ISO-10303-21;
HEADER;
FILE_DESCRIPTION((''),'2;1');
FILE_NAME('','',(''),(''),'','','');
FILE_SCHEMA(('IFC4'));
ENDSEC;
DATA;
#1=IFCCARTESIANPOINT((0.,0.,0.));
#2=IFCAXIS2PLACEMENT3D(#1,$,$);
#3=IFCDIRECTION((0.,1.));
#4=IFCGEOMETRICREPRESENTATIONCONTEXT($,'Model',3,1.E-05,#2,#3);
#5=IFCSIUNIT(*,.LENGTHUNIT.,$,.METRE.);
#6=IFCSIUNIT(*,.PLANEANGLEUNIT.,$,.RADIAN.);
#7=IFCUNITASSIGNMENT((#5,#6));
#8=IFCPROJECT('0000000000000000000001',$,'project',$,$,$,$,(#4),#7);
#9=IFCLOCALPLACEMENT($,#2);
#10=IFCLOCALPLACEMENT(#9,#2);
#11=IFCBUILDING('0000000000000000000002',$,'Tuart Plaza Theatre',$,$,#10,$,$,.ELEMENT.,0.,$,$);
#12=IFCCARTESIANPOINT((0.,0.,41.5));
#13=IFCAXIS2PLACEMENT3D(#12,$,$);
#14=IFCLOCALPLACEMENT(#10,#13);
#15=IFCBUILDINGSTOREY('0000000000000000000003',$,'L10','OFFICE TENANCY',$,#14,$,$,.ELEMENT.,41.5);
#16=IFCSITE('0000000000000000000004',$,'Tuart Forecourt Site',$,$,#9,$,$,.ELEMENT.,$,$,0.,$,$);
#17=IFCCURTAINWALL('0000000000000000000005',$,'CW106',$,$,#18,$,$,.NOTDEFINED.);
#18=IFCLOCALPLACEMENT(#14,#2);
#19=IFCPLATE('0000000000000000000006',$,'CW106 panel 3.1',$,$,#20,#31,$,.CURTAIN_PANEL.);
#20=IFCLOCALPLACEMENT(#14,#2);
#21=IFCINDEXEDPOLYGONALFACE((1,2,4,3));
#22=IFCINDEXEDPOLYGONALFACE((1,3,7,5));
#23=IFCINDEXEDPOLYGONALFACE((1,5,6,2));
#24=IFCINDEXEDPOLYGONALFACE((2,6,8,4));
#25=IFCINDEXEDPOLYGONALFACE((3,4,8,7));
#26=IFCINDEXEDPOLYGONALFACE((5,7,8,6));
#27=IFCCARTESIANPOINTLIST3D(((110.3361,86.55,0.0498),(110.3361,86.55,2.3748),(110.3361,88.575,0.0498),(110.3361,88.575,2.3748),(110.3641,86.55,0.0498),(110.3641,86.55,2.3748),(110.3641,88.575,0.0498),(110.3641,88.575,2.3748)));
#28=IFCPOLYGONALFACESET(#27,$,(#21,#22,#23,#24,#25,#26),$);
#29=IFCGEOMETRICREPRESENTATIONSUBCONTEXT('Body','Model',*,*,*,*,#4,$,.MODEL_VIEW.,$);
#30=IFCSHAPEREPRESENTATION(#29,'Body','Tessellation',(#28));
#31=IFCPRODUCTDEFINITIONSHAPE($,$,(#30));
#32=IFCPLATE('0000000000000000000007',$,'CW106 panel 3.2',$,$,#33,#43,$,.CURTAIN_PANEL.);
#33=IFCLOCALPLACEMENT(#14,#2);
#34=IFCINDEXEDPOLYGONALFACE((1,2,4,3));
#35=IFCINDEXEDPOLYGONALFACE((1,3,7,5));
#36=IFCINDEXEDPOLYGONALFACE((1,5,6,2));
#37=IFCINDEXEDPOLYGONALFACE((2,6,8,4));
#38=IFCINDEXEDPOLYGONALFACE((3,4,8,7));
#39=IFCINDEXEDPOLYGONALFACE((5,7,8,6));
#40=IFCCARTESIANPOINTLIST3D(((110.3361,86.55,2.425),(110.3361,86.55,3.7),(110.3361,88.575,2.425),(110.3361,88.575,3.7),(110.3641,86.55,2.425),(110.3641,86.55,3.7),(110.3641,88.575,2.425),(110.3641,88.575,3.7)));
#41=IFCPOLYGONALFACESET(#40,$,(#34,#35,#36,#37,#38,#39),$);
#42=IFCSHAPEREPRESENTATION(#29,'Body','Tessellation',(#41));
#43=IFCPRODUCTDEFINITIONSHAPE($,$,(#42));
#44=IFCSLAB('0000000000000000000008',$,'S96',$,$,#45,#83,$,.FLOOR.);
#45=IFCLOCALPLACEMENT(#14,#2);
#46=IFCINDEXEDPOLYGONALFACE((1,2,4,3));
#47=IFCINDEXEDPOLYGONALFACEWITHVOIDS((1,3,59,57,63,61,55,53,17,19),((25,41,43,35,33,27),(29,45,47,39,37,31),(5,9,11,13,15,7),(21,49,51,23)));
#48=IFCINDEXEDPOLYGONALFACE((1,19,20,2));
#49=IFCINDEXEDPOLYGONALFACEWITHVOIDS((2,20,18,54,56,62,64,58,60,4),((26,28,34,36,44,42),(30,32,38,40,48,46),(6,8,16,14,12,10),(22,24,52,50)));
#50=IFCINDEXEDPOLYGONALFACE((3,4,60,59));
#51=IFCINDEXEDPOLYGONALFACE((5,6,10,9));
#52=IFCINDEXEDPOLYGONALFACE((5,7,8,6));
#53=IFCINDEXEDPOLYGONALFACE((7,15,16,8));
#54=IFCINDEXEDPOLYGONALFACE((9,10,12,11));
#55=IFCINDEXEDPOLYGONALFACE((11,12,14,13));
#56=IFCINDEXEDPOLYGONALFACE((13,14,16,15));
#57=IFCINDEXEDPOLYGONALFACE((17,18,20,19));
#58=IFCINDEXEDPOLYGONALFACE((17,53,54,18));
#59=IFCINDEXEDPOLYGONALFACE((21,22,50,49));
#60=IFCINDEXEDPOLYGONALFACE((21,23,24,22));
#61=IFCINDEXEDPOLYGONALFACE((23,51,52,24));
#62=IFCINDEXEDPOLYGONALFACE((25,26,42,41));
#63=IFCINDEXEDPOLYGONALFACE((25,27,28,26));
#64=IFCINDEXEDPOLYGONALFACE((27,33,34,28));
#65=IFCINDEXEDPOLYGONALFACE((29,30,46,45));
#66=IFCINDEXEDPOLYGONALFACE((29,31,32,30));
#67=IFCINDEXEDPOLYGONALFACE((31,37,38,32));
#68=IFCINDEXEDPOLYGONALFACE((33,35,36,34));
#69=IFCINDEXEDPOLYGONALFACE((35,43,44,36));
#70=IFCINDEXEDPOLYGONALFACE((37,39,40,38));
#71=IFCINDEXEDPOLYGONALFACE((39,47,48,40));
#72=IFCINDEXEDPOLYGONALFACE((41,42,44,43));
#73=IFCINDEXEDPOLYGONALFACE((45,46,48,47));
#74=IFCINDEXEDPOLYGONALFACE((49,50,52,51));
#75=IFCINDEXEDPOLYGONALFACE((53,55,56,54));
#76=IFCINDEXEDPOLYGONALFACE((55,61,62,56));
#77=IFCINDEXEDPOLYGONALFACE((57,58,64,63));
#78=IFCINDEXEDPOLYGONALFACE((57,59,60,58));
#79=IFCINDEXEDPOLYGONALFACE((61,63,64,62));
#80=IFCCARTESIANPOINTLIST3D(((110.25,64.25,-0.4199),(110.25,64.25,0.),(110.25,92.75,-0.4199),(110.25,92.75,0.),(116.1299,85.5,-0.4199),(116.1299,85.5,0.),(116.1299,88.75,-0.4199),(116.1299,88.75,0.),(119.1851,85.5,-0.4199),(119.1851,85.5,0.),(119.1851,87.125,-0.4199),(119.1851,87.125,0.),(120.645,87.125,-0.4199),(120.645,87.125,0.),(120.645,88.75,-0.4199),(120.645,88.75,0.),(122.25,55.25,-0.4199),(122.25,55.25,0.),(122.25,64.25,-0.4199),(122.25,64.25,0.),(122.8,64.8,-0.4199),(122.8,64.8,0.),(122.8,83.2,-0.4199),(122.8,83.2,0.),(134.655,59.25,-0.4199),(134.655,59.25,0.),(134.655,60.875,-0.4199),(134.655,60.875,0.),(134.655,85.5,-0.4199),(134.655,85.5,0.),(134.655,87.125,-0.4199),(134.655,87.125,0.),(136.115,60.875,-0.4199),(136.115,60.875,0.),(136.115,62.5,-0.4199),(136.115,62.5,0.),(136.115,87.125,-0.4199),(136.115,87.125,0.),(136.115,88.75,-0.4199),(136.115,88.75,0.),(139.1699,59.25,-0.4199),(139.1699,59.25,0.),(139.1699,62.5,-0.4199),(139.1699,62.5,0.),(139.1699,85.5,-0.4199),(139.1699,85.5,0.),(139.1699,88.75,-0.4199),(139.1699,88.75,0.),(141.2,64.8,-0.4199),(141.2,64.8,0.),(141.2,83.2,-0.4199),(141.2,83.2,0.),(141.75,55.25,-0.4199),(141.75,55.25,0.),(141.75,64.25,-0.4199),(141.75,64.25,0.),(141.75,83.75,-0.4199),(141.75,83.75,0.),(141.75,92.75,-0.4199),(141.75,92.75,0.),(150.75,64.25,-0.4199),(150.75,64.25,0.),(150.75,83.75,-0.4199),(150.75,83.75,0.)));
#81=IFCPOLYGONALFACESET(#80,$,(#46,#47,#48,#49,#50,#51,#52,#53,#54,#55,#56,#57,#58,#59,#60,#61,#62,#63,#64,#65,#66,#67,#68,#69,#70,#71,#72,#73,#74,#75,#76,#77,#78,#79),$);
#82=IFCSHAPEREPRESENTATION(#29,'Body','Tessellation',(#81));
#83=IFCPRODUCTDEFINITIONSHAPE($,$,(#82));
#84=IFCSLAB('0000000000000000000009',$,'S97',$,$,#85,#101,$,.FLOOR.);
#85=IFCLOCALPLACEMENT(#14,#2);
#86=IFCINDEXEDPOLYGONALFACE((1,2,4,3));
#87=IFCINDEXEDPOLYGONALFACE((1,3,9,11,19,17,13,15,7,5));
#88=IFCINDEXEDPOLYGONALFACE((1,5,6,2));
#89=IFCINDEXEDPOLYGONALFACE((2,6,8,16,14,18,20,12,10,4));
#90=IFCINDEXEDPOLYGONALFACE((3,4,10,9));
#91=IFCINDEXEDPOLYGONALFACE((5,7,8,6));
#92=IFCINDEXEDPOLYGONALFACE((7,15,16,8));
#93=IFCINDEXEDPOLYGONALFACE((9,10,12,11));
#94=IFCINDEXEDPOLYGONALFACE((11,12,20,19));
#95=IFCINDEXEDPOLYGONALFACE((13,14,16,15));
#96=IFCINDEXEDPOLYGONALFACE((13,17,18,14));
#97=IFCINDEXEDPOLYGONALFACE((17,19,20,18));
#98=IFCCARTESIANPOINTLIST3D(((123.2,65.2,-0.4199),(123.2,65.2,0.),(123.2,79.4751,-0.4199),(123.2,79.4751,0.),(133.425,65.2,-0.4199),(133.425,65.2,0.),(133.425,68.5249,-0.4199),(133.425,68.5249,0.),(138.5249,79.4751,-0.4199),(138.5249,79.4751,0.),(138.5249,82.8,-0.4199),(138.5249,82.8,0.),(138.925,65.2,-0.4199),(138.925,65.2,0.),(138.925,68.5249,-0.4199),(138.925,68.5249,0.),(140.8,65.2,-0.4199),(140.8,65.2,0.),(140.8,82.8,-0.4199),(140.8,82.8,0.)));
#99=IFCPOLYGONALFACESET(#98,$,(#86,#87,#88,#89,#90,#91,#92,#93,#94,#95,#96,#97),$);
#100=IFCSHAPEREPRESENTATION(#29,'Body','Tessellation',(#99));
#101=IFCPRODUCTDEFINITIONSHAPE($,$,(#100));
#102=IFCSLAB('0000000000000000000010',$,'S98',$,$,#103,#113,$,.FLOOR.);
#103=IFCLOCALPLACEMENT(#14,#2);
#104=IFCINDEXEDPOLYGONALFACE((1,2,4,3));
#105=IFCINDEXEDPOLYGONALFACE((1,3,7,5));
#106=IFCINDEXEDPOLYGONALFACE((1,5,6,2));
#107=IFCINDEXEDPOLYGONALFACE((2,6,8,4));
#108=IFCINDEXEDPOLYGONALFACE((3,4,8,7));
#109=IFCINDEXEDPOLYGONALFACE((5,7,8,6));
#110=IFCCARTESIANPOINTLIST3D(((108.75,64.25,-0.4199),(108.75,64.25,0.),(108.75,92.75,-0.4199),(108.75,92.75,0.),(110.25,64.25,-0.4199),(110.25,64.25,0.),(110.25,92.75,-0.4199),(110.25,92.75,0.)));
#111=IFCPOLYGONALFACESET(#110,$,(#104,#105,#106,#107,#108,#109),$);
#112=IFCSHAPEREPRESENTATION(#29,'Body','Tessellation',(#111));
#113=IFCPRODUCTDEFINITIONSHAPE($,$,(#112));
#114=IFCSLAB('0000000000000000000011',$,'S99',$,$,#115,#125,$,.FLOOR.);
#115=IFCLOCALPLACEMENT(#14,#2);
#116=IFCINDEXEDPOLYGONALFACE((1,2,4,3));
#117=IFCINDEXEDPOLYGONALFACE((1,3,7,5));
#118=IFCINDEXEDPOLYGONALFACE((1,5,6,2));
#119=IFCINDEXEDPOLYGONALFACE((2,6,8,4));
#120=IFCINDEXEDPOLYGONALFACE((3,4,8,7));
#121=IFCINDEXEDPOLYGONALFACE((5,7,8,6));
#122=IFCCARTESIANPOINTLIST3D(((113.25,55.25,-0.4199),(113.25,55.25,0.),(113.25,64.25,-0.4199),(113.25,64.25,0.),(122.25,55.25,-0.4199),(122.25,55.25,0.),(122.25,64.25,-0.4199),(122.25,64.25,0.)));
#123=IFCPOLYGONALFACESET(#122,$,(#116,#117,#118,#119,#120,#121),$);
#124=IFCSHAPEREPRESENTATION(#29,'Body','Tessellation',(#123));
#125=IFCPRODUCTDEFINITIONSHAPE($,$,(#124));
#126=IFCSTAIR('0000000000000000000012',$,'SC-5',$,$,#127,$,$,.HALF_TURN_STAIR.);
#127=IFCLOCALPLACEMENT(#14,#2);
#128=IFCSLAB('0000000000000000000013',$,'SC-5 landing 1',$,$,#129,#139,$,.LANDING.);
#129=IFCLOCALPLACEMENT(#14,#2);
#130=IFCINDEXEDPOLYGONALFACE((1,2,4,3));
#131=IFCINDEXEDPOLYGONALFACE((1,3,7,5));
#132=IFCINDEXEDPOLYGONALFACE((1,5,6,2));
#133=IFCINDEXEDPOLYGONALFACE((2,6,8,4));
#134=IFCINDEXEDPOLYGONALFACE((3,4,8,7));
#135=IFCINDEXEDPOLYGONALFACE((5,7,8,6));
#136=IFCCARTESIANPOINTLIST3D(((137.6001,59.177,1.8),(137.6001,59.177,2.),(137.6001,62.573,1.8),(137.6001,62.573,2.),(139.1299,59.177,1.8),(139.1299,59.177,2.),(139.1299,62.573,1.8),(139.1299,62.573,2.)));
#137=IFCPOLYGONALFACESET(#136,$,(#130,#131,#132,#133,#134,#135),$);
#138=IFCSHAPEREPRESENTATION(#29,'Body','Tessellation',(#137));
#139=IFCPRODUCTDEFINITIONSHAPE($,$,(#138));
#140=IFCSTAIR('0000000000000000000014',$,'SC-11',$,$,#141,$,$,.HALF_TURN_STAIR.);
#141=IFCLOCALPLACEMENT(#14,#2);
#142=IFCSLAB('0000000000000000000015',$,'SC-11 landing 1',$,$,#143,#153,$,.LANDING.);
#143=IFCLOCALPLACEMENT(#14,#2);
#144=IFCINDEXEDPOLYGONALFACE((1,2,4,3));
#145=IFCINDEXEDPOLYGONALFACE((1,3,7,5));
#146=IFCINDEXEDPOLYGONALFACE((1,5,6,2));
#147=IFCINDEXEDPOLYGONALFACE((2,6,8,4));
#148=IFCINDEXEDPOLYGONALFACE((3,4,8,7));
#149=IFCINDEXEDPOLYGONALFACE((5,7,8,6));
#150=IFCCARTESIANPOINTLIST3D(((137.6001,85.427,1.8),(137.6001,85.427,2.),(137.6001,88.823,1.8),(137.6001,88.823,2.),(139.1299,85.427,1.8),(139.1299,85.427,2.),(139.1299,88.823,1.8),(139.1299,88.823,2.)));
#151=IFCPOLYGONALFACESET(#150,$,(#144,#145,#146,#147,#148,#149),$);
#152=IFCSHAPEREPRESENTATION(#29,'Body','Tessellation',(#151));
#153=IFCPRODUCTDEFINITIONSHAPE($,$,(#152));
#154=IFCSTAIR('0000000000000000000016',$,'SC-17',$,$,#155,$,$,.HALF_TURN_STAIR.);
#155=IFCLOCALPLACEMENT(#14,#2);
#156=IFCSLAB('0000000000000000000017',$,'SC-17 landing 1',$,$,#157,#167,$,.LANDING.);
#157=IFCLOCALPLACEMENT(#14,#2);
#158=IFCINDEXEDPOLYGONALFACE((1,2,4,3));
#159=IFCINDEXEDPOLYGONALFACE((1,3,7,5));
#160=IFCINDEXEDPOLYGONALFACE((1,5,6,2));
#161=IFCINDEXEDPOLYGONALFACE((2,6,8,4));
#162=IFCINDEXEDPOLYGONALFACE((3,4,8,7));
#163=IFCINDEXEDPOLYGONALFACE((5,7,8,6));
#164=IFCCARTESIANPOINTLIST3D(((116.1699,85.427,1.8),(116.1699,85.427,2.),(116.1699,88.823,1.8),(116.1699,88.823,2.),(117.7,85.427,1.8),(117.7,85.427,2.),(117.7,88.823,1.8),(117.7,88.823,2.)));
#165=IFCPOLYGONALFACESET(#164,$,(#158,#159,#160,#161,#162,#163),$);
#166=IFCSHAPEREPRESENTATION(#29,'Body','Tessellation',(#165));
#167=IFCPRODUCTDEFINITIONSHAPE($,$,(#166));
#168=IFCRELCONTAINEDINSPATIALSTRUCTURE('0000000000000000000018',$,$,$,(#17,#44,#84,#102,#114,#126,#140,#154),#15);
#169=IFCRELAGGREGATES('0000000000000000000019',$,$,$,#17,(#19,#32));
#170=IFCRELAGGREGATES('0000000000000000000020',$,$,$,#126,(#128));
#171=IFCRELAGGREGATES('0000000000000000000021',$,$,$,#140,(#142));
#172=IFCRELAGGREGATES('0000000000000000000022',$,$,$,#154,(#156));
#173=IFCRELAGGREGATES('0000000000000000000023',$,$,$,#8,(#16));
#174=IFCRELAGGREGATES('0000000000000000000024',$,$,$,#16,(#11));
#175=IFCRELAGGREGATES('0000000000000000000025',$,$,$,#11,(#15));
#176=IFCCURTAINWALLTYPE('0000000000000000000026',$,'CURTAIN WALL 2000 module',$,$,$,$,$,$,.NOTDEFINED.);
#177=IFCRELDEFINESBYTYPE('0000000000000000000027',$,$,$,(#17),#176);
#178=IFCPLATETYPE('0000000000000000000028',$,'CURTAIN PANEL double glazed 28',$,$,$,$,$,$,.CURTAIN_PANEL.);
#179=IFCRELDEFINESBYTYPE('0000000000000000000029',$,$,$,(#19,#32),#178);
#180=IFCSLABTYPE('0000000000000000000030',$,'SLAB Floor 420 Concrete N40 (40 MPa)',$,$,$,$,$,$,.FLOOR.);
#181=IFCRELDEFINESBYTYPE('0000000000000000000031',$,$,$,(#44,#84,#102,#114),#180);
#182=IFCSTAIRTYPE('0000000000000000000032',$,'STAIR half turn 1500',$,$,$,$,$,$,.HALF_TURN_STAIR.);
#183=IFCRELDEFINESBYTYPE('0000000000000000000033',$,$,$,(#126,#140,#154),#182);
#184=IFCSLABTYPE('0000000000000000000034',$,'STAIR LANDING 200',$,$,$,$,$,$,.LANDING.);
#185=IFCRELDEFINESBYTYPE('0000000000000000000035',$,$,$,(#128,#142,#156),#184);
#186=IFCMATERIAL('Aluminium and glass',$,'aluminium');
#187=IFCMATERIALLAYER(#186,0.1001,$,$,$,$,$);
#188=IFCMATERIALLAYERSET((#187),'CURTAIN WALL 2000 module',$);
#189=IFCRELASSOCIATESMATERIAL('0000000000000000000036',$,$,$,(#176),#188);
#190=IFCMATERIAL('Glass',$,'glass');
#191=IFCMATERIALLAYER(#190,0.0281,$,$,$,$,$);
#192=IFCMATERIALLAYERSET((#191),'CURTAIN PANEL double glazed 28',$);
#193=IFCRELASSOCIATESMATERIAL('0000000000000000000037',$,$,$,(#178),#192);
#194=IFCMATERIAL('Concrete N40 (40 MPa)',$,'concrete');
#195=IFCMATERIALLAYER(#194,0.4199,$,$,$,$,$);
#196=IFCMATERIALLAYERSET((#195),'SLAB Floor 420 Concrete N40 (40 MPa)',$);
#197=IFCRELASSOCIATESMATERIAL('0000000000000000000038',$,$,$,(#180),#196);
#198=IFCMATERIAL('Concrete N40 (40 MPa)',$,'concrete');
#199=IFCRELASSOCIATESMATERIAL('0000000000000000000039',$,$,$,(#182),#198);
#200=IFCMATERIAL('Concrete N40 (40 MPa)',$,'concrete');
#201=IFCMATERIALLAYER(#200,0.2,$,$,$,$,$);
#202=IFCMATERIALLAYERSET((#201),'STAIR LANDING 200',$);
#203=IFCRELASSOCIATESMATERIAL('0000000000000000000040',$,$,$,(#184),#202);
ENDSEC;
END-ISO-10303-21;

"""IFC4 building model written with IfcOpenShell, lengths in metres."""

from ifc_helpers import new_model, si_unit, direction, frame, origin, origin_2d, place, context, subcontext, project, spatial, polyline, rectangle, outline, extrude, material, layer, layer_set, type_object, element, aggregate, save


model = new_model("IFC4")

# Units and contexts
model_context = context("Model", 3, precision=1e-05, world=origin(), true_north=direction((0.0, 1.0)))
body_context = subcontext(model_context, "Body", "Model", "MODEL_VIEW")
ifc_project = project(units=[si_unit("LENGTHUNIT", "METRE"), si_unit("PLANEANGLEUNIT", "RADIAN")], contexts=[model_context])

# Site, building, storey
site_placement = place(None, origin())
site = spatial("IfcSite", under=ifc_project, at=site_placement, Name="Tuart Forecourt Site", CompositionType="ELEMENT", RefElevation=0.0)
building_placement = place(site_placement, origin())
building = spatial("IfcBuilding", under=site, at=building_placement, Name="Tuart Plaza Theatre", CompositionType="ELEMENT", ElevationOfRefHeight=0.0)
storey_placement = place(building_placement, frame((0.0, 0.0, 41.5)))
storey = spatial("IfcBuildingStorey", under=building, at=storey_placement, Name="L10", Description="OFFICE TENANCY", CompositionType="ELEMENT", Elevation=41.5)

# Curtain wall, plates
ifc_material_1 = material(Name="Aluminium and glass", Category="aluminium")
ifc_layer_1 = layer(ifc_material_1, 0.1001)
ifc_layer_set_1 = layer_set([ifc_layer_1], Name="CURTAIN WALL 2000 module")
curtain_wall_type = type_object("IfcCurtainWallType", Name="CURTAIN WALL 2000 module", PredefinedType="NOTDEFINED", material=ifc_layer_set_1)
curtain_wall_placement = place(storey_placement, origin())
curtain_wall = element("IfcCurtainWall", 1, at=curtain_wall_placement, inside=storey, type_object=curtain_wall_type, Name="CW106", PredefinedType="NOTDEFINED")
ifc_material_2 = material(Name="Glass", Category="glass")
ifc_layer_2 = layer(ifc_material_2, 0.0281)
ifc_layer_set_2 = layer_set([ifc_layer_2], Name="CURTAIN PANEL double glazed 28")
plate_type = type_object("IfcPlateType", Name="CURTAIN PANEL double glazed 28", PredefinedType="CURTAIN_PANEL", material=ifc_layer_set_2)
plate_1_placement = place(storey_placement, frame((110.3501, 87.5625, 0.0498), z_axis=(0.0, 0.0, 1.0), x_axis=(0.0, -1.0, 0.0)))
plate_1 = element("IfcPlate", 2, at=plate_1_placement, type_object=plate_type, Name="CW106 panel 3.1", PredefinedType="CURTAIN_PANEL", context=body_context, shape_type="SweptSolid", body=[
    extrude(rectangle(XDim=2.0249, YDim=0.0281, at=origin_2d()), origin(), (0.0, 0.0, 1.0), 2.325),
])
plate_2_placement = place(storey_placement, frame((110.3501, 87.5625, 2.425), z_axis=(0.0, 0.0, 1.0), x_axis=(0.0, -1.0, 0.0)))
plate_2 = element("IfcPlate", 3, at=plate_2_placement, type_object=plate_type, Name="CW106 panel 3.2", PredefinedType="CURTAIN_PANEL", context=body_context, shape_type="SweptSolid", body=[
    extrude(rectangle(XDim=2.0249, YDim=0.0281, at=origin_2d()), origin(), (0.0, 0.0, 1.0), 1.2749),
])
aggregate(curtain_wall, [plate_1, plate_2])

# Slabs
ifc_material_3 = material(Name="Concrete N40 (40 MPa)", Category="concrete")
ifc_layer_3 = layer(ifc_material_3, 0.4199)
ifc_layer_set_3 = layer_set([ifc_layer_3], Name="SLAB Floor 420 Concrete N40 (40 MPa)")
slab_type_1 = type_object("IfcSlabType", Name="SLAB Floor 420 Concrete N40 (40 MPa)", PredefinedType="FLOOR", material=ifc_layer_set_3)
slab_1_placement = place(storey_placement, frame((0.0, 0.0, -0.4199)))
element("IfcSlab", 4, at=slab_1_placement, inside=storey, type_object=slab_type_1, Name="S96", PredefinedType="FLOOR", context=body_context, shape_type="SweptSolid", body=[
    extrude(outline(polyline([(141.75, 92.75), (110.25, 92.75), (110.25, 64.25), (122.25, 64.25), (122.25, 55.25), (141.75, 55.25), (141.75, 64.25), (150.75, 64.25), (150.75, 83.75), (141.75, 83.75), (141.75, 92.75)]), holes=[polyline([(141.2, 64.8), (141.2, 83.2), (122.8, 83.2), (122.8, 64.8), (141.2, 64.8)]), polyline([(136.115, 62.5), (136.115, 60.875), (134.655, 60.875), (134.655, 59.25), (139.1699, 59.25), (139.1699, 62.5), (136.115, 62.5)]), polyline([(139.1699, 88.75), (136.115, 88.75), (136.115, 87.125), (134.655, 87.125), (134.655, 85.5), (139.1699, 85.5), (139.1699, 88.75)]), polyline([(116.1299, 88.75), (116.1299, 85.5), (119.1851, 85.5), (119.1851, 87.125), (120.645, 87.125), (120.645, 88.75), (116.1299, 88.75)])]), origin(), (0.0, 0.0, 1.0), 0.4199),
])
slab_2_placement = place(storey_placement, frame((0.0, 0.0, -0.4199)))
element("IfcSlab", 5, at=slab_2_placement, inside=storey, type_object=slab_type_1, Name="S97", PredefinedType="FLOOR", context=body_context, shape_type="SweptSolid", body=[
    extrude(outline(polyline([(123.2, 65.2), (133.425, 65.2), (133.425, 68.5249), (138.925, 68.5249), (138.925, 65.2), (140.8, 65.2), (140.8, 82.8), (138.5249, 82.8), (138.5249, 79.4751), (123.2, 79.4751), (123.2, 65.2)])), origin(), (0.0, 0.0, 1.0), 0.4199),
])
slab_3_placement = place(storey_placement, frame((0.0, 0.0, -0.4199)))
element("IfcSlab", 6, at=slab_3_placement, inside=storey, type_object=slab_type_1, Name="S98", PredefinedType="FLOOR", context=body_context, shape_type="SweptSolid", body=[
    extrude(outline(polyline([(108.75, 64.25), (110.25, 64.25), (110.25, 92.75), (108.75, 92.75), (108.75, 64.25)])), origin(), (0.0, 0.0, 1.0), 0.4199),
])
slab_4_placement = place(storey_placement, frame((0.0, 0.0, -0.4199)))
element("IfcSlab", 7, at=slab_4_placement, inside=storey, type_object=slab_type_1, Name="S99", PredefinedType="FLOOR", context=body_context, shape_type="SweptSolid", body=[
    extrude(outline(polyline([(122.25, 55.25), (122.25, 64.25), (113.25, 64.25), (113.25, 55.25), (122.25, 55.25)])), origin(), (0.0, 0.0, 1.0), 0.4199),
])

# Stairs, slabs
ifc_material_4 = material(Name="Concrete N40 (40 MPa)", Category="concrete")
stair_type = type_object("IfcStairType", Name="STAIR half turn 1500", PredefinedType="HALF_TURN_STAIR", material=ifc_material_4)
stair_1_placement = place(storey_placement, origin())
stair_1 = element("IfcStair", 8, at=stair_1_placement, inside=storey, type_object=stair_type, Name="SC-5", PredefinedType="HALF_TURN_STAIR")
ifc_material_5 = material(Name="Concrete N40 (40 MPa)", Category="concrete")
ifc_layer_4 = layer(ifc_material_5, 0.2)
ifc_layer_set_4 = layer_set([ifc_layer_4], Name="STAIR LANDING 200")
slab_type_2 = type_object("IfcSlabType", Name="STAIR LANDING 200", PredefinedType="LANDING", material=ifc_layer_set_4)
slab_5_placement = place(storey_placement, frame((0.0, 0.0, 1.8)))
slab_5 = element("IfcSlab", 9, at=slab_5_placement, type_object=slab_type_2, Name="SC-5 landing 1", PredefinedType="LANDING", context=body_context, shape_type="SweptSolid", body=[
    extrude(outline(polyline([(137.6001, 59.177), (139.1299, 59.177), (139.1299, 62.573), (137.6001, 62.573), (137.6001, 59.177)])), origin(), (0.0, 0.0, 1.0), 0.2),
])
aggregate(stair_1, [slab_5])
stair_2_placement = place(storey_placement, origin())
stair_2 = element("IfcStair", 10, at=stair_2_placement, inside=storey, type_object=stair_type, Name="SC-11", PredefinedType="HALF_TURN_STAIR")
slab_6_placement = place(storey_placement, frame((0.0, 0.0, 1.8)))
slab_6 = element("IfcSlab", 11, at=slab_6_placement, type_object=slab_type_2, Name="SC-11 landing 1", PredefinedType="LANDING", context=body_context, shape_type="SweptSolid", body=[
    extrude(outline(polyline([(137.6001, 85.427), (139.1299, 85.427), (139.1299, 88.823), (137.6001, 88.823), (137.6001, 85.427)])), origin(), (0.0, 0.0, 1.0), 0.2),
])
aggregate(stair_2, [slab_6])
stair_3_placement = place(storey_placement, origin())
stair_3 = element("IfcStair", 12, at=stair_3_placement, inside=storey, type_object=stair_type, Name="SC-17", PredefinedType="HALF_TURN_STAIR")
slab_7_placement = place(storey_placement, frame((0.0, 0.0, 1.8)))
slab_7 = element("IfcSlab", 13, at=slab_7_placement, type_object=slab_type_2, Name="SC-17 landing 1", PredefinedType="LANDING", context=body_context, shape_type="SweptSolid", body=[
    extrude(outline(polyline([(117.7, 88.823), (116.1699, 88.823), (116.1699, 85.427), (117.7, 85.427), (117.7, 88.823)])), origin(), (0.0, 0.0, 1.0), 0.2),
])
aggregate(stair_3, [slab_7])

save(model, "model.ifc")
